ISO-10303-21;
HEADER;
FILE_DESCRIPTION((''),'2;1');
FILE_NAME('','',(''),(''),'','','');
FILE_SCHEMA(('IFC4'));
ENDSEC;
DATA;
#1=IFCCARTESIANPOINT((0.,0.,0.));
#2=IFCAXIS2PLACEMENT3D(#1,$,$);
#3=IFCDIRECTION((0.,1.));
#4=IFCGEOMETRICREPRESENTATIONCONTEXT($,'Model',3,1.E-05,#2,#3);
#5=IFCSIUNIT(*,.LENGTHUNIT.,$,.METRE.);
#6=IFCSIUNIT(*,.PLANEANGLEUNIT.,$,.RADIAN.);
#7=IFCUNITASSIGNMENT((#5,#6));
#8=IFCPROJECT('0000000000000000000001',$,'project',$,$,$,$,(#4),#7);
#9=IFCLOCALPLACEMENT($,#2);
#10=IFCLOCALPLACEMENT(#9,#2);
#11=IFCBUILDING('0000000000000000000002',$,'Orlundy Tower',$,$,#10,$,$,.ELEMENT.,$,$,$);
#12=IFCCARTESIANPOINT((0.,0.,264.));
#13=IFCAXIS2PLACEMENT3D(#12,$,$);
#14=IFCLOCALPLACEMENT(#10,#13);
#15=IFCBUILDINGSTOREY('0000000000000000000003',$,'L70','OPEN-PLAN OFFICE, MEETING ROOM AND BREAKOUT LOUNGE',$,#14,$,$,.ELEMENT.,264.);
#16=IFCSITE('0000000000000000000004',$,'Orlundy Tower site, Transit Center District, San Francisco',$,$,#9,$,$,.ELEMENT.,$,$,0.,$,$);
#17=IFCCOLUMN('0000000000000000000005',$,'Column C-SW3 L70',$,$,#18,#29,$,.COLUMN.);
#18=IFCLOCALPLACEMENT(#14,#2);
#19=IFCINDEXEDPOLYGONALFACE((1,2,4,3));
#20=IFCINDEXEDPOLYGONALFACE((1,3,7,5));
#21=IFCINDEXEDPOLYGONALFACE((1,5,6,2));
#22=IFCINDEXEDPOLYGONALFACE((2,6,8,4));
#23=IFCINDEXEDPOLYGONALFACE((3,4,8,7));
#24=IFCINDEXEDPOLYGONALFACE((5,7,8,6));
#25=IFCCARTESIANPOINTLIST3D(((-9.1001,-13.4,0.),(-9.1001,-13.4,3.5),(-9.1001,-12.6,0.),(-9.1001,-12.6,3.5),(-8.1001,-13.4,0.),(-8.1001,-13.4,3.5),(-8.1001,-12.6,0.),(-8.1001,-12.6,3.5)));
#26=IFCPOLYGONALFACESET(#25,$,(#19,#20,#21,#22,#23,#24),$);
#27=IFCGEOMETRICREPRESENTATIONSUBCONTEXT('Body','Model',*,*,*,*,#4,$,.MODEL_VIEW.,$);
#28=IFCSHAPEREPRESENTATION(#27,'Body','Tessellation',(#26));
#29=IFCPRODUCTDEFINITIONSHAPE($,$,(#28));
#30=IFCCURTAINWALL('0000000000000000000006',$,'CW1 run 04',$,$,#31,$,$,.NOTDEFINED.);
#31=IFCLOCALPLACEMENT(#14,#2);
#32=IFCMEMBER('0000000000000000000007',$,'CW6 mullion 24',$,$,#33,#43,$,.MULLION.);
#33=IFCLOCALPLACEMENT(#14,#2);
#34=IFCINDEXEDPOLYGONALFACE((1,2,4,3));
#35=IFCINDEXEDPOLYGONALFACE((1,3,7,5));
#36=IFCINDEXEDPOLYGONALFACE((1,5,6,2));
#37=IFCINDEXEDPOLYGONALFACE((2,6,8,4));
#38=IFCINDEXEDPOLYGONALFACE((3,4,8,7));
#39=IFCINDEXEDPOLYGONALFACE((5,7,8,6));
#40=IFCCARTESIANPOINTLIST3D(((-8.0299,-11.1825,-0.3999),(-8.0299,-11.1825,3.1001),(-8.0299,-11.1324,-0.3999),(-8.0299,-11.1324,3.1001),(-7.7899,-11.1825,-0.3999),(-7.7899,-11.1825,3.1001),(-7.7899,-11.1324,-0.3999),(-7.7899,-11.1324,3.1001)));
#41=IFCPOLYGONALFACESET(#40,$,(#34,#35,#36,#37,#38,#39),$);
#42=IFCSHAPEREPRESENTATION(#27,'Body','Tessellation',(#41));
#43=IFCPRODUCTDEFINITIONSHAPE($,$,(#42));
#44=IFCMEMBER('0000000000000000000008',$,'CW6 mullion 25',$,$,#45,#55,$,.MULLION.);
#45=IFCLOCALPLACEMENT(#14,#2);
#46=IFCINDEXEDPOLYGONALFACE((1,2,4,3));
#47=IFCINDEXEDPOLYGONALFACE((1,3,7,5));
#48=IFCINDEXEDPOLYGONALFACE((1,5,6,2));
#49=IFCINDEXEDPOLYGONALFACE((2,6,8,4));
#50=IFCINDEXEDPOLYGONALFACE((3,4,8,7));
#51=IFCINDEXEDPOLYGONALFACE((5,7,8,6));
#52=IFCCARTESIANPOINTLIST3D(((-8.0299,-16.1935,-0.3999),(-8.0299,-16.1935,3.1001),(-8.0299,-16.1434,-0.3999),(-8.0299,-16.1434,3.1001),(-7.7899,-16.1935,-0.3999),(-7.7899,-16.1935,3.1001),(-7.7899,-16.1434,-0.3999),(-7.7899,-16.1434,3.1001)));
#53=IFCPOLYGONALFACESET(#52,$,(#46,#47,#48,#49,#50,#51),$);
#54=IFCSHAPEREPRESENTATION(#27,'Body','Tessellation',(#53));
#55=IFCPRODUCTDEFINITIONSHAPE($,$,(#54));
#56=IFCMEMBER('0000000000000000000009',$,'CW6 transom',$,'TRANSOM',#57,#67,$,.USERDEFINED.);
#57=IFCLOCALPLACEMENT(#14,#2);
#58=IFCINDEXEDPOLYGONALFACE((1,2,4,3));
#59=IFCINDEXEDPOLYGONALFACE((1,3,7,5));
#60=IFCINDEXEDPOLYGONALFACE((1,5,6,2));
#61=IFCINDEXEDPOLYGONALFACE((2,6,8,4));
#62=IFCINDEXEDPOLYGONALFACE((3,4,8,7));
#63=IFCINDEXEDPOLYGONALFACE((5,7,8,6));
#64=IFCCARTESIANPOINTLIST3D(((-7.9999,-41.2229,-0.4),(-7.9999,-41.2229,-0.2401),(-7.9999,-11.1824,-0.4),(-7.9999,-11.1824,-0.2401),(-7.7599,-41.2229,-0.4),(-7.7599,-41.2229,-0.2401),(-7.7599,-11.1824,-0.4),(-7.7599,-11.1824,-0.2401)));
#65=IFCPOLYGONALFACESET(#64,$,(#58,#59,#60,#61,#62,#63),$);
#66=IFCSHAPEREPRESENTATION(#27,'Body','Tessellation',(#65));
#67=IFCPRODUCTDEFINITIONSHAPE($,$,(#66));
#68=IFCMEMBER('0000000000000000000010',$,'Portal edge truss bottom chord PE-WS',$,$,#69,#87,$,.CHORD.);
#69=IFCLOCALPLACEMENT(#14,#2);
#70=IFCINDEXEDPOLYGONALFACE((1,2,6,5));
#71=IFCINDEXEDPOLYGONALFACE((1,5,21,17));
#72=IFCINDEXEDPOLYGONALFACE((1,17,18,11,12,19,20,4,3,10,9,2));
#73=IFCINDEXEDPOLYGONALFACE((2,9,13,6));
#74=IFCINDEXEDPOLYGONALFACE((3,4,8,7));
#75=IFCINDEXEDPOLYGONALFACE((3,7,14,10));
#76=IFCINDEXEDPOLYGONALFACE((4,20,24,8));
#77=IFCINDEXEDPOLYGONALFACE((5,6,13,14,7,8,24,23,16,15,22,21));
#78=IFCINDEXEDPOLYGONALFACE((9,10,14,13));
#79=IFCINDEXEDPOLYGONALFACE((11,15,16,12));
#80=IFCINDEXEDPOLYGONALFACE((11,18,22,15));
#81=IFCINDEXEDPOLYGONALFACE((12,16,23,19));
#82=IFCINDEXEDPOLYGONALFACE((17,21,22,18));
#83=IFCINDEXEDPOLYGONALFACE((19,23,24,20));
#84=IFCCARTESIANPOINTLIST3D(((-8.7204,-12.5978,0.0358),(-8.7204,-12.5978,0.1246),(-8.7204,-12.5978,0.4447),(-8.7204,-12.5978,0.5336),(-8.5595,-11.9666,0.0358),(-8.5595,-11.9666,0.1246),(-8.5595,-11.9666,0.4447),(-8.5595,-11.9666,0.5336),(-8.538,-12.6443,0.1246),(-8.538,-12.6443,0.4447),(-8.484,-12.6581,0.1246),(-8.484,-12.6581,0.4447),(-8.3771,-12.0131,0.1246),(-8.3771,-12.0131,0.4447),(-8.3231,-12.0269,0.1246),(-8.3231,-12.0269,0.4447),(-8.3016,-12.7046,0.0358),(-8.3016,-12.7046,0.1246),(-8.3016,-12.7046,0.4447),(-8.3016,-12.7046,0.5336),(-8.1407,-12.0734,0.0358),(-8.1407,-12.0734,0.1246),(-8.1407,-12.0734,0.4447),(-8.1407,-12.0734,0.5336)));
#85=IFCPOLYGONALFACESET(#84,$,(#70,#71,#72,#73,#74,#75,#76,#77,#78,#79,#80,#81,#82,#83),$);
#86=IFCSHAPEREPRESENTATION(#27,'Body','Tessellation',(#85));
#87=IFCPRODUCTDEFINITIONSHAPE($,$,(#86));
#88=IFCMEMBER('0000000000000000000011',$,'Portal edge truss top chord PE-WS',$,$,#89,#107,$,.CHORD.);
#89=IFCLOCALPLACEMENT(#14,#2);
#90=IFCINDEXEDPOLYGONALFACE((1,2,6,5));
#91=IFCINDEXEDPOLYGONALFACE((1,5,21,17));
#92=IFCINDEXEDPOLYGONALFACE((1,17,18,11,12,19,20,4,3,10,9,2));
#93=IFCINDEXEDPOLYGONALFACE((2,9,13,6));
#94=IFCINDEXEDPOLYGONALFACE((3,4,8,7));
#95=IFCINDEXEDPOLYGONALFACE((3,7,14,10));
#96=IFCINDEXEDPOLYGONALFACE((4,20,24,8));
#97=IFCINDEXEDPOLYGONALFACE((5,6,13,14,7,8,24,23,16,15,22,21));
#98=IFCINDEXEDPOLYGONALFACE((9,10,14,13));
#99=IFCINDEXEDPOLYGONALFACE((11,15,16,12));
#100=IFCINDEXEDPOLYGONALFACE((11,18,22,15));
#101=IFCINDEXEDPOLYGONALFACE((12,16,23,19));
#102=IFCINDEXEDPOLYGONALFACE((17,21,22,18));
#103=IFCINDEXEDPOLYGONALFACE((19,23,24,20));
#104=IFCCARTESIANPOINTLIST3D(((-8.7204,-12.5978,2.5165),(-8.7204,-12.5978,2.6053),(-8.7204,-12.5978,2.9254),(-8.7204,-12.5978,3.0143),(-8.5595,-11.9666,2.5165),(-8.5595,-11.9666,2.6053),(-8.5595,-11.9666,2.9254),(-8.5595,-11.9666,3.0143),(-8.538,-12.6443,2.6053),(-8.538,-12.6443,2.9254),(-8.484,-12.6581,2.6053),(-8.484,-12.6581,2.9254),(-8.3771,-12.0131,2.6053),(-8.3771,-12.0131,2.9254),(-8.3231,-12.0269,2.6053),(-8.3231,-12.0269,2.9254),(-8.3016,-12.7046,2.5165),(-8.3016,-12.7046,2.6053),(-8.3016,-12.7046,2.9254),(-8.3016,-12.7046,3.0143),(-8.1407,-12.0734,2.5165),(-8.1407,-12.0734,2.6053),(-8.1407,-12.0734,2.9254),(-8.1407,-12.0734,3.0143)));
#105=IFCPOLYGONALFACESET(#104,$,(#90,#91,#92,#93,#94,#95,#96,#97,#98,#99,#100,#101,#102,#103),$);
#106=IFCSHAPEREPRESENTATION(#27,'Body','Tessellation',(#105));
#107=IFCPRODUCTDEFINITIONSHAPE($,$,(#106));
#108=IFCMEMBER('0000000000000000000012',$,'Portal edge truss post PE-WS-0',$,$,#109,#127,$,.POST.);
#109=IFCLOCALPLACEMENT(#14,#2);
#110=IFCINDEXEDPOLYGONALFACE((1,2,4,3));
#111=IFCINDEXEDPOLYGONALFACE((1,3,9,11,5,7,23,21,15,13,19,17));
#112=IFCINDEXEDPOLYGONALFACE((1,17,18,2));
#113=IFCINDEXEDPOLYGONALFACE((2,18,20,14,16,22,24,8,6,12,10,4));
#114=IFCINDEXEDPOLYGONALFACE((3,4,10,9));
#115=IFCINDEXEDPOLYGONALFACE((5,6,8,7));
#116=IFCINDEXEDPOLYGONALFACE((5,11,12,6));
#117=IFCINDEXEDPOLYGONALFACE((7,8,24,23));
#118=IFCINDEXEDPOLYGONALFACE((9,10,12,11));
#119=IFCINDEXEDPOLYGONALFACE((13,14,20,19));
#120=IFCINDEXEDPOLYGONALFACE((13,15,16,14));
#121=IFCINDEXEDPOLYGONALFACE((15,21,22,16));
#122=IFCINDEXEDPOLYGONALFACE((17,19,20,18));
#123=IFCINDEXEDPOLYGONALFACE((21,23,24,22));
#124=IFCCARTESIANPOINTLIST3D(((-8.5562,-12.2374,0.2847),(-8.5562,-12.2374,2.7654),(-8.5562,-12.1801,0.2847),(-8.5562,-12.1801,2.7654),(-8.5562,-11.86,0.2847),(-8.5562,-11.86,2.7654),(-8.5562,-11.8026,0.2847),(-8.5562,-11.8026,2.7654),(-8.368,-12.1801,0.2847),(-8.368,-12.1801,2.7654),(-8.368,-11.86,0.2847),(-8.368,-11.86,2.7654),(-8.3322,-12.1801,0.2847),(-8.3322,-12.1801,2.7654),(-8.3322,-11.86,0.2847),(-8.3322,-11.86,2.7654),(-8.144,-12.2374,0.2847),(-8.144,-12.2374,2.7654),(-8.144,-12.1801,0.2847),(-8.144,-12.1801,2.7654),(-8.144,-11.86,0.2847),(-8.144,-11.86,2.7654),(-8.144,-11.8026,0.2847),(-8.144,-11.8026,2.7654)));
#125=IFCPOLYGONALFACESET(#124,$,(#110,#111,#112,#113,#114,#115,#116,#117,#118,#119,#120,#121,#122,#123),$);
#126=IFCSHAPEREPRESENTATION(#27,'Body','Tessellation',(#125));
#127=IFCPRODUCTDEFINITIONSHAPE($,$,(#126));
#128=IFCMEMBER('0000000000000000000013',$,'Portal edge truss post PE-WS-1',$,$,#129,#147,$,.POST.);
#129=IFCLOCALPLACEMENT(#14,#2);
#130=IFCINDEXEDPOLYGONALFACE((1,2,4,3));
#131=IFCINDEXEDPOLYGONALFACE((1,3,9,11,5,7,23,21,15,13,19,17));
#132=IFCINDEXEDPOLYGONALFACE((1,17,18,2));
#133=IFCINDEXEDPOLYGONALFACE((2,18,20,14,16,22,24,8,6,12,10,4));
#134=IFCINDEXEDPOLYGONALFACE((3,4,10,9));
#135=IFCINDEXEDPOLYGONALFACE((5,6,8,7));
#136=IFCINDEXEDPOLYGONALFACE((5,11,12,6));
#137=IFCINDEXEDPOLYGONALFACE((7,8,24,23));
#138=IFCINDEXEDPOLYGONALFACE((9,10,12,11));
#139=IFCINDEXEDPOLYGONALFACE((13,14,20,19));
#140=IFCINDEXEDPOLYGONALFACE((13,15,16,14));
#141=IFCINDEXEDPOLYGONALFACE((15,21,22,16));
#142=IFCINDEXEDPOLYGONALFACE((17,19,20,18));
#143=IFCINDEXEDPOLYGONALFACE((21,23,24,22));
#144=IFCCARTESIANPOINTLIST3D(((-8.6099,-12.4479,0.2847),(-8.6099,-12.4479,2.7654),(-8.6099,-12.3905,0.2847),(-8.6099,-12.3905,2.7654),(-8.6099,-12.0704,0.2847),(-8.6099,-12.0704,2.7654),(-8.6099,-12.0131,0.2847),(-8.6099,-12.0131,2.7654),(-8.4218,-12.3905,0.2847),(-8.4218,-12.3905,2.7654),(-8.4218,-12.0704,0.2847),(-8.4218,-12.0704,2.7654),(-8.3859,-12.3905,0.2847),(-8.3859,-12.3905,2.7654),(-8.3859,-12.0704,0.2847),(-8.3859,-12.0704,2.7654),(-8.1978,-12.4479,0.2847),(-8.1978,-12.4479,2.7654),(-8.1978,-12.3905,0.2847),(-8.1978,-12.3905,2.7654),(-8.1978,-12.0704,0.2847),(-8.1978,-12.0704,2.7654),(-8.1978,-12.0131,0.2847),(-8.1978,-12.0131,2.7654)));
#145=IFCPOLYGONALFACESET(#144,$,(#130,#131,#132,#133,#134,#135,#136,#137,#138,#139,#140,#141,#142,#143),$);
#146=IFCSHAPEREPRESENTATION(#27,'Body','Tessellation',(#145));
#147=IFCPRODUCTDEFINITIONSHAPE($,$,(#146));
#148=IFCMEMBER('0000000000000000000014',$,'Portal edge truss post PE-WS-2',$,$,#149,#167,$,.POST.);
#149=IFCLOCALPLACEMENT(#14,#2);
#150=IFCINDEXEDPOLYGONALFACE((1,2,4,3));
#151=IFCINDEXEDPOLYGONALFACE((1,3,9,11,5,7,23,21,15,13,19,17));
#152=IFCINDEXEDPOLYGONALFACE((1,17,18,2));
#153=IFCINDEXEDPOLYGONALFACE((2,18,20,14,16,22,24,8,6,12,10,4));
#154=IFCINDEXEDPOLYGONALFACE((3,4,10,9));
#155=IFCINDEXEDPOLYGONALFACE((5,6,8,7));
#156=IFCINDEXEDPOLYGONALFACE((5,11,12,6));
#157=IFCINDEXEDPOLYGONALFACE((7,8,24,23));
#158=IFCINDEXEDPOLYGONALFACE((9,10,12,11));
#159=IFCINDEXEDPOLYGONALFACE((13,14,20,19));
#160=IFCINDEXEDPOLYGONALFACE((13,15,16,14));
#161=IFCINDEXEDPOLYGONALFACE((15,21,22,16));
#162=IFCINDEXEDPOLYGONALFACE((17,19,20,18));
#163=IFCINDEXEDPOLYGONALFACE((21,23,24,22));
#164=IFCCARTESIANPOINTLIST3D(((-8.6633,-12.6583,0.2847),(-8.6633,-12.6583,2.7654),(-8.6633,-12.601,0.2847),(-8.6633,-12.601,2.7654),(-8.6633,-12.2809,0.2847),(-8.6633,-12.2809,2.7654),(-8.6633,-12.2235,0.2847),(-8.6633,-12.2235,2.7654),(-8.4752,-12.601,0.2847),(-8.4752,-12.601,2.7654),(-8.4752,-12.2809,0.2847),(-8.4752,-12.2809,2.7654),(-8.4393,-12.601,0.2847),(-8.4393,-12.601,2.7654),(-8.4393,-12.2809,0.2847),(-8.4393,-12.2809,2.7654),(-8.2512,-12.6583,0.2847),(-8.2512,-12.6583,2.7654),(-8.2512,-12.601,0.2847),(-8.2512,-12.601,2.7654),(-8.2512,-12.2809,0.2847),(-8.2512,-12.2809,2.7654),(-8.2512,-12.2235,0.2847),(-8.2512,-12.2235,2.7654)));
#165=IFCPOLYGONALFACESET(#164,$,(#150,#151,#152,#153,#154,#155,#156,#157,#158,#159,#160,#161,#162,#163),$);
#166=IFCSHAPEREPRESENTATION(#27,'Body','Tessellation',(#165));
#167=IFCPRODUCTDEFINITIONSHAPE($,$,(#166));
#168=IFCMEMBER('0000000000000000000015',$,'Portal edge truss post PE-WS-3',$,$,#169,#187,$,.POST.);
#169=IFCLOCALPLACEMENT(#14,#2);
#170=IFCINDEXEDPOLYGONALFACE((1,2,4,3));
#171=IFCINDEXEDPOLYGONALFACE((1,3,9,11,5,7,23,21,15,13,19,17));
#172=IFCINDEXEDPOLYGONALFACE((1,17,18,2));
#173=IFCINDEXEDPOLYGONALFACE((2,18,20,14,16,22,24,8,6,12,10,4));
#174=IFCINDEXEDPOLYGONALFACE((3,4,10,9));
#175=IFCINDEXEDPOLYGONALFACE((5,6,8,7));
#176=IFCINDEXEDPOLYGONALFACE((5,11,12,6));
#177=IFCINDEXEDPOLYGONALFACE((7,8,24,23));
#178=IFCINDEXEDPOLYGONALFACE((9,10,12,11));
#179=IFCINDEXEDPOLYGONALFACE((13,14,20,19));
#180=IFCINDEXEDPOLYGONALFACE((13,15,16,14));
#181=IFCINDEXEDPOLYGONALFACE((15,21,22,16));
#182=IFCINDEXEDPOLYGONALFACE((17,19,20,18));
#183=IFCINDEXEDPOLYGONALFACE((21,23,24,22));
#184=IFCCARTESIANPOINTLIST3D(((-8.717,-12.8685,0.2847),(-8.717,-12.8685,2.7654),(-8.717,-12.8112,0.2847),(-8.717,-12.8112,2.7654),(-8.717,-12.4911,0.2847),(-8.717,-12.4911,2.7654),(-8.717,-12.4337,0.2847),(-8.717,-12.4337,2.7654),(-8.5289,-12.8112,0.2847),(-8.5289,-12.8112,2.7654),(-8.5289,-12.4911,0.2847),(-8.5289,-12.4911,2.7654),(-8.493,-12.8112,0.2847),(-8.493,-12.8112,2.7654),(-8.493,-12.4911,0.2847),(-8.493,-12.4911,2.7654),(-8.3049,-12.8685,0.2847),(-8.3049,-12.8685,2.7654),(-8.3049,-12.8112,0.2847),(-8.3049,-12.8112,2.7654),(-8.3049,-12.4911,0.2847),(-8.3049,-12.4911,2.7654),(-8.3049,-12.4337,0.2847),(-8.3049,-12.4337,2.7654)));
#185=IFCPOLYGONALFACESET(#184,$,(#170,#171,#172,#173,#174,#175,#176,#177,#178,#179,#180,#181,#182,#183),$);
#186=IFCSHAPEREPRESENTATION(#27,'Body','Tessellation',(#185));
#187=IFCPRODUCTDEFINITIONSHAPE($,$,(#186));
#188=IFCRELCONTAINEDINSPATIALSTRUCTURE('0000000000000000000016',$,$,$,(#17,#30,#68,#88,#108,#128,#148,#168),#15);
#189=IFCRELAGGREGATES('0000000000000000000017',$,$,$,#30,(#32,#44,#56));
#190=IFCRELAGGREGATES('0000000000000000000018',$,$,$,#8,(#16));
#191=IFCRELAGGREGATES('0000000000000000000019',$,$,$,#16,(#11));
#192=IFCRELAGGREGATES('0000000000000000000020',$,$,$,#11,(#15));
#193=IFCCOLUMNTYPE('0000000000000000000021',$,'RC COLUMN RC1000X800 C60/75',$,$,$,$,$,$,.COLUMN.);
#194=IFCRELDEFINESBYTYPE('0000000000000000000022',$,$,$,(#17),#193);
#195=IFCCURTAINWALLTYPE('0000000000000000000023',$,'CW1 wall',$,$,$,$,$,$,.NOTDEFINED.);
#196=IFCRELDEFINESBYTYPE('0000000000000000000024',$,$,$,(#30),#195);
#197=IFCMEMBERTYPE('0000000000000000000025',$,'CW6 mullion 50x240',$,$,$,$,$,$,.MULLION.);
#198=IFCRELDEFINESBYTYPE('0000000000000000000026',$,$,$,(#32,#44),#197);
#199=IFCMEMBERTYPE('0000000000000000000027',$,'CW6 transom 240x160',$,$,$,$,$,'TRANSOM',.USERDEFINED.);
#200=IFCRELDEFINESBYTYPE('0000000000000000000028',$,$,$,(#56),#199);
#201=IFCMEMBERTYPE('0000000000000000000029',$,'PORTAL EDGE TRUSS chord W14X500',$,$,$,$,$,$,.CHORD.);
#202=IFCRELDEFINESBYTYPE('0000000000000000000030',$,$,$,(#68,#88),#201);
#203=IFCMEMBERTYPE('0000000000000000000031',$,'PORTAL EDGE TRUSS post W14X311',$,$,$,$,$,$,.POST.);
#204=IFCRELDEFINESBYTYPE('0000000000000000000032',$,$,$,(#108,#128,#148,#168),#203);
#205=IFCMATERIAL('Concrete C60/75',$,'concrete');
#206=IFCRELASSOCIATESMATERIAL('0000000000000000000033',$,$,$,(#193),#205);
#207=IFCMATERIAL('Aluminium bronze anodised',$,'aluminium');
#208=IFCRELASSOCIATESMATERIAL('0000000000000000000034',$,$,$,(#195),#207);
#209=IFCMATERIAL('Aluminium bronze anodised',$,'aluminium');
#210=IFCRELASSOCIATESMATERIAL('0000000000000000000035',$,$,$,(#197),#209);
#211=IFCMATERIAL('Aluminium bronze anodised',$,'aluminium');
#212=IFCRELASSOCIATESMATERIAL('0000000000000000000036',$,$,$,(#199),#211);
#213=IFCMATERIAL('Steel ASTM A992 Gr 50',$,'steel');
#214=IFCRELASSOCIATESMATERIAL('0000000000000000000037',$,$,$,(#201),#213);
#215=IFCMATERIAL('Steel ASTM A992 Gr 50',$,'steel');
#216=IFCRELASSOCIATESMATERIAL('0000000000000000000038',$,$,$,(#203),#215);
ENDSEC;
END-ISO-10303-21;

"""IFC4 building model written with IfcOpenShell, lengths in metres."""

from ifc_helpers import new_model, si_unit, direction, frame, origin, origin_2d, place, context, subcontext, project, spatial, rectangle, i_section, extrude, material, material_profile, profile_set, type_object, element, aggregate, save


model = new_model("IFC4")

# Units and contexts
model_context = context("Model", 3, precision=1e-05, world=origin(), true_north=direction((0.0, 1.0)))
body_context = subcontext(model_context, "Body", "Model", "MODEL_VIEW")
ifc_project = project(units=[si_unit("LENGTHUNIT", "METRE"), si_unit("PLANEANGLEUNIT", "RADIAN")], contexts=[model_context])

# Site, building, storey
site_placement = place(None, origin())
site = spatial("IfcSite", under=ifc_project, at=site_placement, Name="Orlundy Tower site, Transit Center District, San Francisco", CompositionType="ELEMENT", RefElevation=0.0)
building_placement = place(site_placement, origin())
building = spatial("IfcBuilding", under=site, at=building_placement, Name="Orlundy Tower", CompositionType="ELEMENT")
storey_placement = place(building_placement, frame((0.0, 0.0, 264.0)))
storey = spatial("IfcBuildingStorey", under=building, at=storey_placement, Name="L70", Description="OPEN-PLAN OFFICE, MEETING ROOM AND BREAKOUT LOUNGE", CompositionType="ELEMENT", Elevation=264.0)

# Column
ifc_material_1 = material(Name="Concrete C60/75", Category="concrete")
ifc_material_profile_1 = material_profile(ifc_material_1, rectangle(XDim=1.0, YDim=0.8, at=origin_2d()), Name="RC1000X800")
ifc_profile_set_1 = profile_set([ifc_material_profile_1], Name="Concrete C60/75")
column_type = type_object("IfcColumnType", Name="RC COLUMN RC1000X800 C60/75", PredefinedType="COLUMN", material=ifc_profile_set_1)
column_placement = place(storey_placement, frame((-8.6001, -13.0, 0.0), z_axis=(0.0, 0.0, 1.0), x_axis=(1.0, 0.0, 0.0)))
element("IfcColumn", 1, at=column_placement, inside=storey, type_object=column_type, Name="Column C-SW3 L70", PredefinedType="COLUMN", context=body_context, shape_type="SweptSolid", body=[
    extrude(rectangle(XDim=1.0, YDim=0.8, at=origin_2d()), origin(), (0.0, 0.0, 1.0), 3.5),
])

# Curtain wall, members
ifc_material_2 = material(Name="Aluminium bronze anodised", Category="aluminium")
curtain_wall_type = type_object("IfcCurtainWallType", Name="CW1 wall", PredefinedType="NOTDEFINED", material=ifc_material_2)
curtain_wall_1_placement = place(storey_placement, origin())
curtain_wall_1 = element("IfcCurtainWall", 2, at=curtain_wall_1_placement, inside=storey, type_object=curtain_wall_type, Name="CW1 run 04", PredefinedType="NOTDEFINED")
ifc_material_3 = material(Name="Aluminium bronze anodised", Category="aluminium")
ifc_material_profile_2 = material_profile(ifc_material_3, rectangle(XDim=0.24, YDim=0.05, at=origin_2d()), Name="CW6 mullion 50x240")
ifc_profile_set_2 = profile_set([ifc_material_profile_2], Name="Aluminium bronze anodised")
member_type_1 = type_object("IfcMemberType", Name="CW6 mullion 50x240", PredefinedType="MULLION", material=ifc_profile_set_2)
member_1_placement = place(storey_placement, frame((-7.9099, -11.1575, -0.3999), z_axis=(0.0, 0.0, 1.0), x_axis=(1.0, 0.0, 0.0)))
member_1 = element("IfcMember", 3, at=member_1_placement, type_object=member_type_1, Name="CW6 mullion 24", PredefinedType="MULLION", context=body_context, shape_type="SweptSolid", body=[
    extrude(rectangle(XDim=0.24, YDim=0.05, at=origin_2d()), origin(), (0.0, 0.0, 1.0), 3.5),
])
member_2_placement = place(storey_placement, frame((-7.9099, -16.1685, -0.3999), z_axis=(0.0, 0.0, 1.0), x_axis=(1.0, 0.0, 0.0)))
member_2 = element("IfcMember", 4, at=member_2_placement, type_object=member_type_1, Name="CW6 mullion 25", PredefinedType="MULLION", context=body_context, shape_type="SweptSolid", body=[
    extrude(rectangle(XDim=0.24, YDim=0.05, at=origin_2d()), origin(), (0.0, 0.0, 1.0), 3.5),
])
ifc_material_4 = material(Name="Aluminium bronze anodised", Category="aluminium")
ifc_material_profile_3 = material_profile(ifc_material_4, rectangle(XDim=0.24, YDim=0.1599, at=origin_2d()), Name="CW6 transom 240x160")
ifc_profile_set_3 = profile_set([ifc_material_profile_3], Name="Aluminium bronze anodised")
member_type_2 = type_object("IfcMemberType", Name="CW6 transom 240x160", ElementType="TRANSOM", PredefinedType="USERDEFINED", material=ifc_profile_set_3)
member_3_placement = place(storey_placement, frame((-7.8799, -11.1824, -0.3201), z_axis=(0.0, -1.0, 0.0), x_axis=(1.0, 0.0, 0.0)))
member_3 = element("IfcMember", 5, at=member_3_placement, type_object=member_type_2, Name="CW6 transom", ObjectType="TRANSOM", PredefinedType="USERDEFINED", context=body_context, shape_type="SweptSolid", body=[
    extrude(rectangle(XDim=0.24, YDim=0.1599, at=origin_2d()), origin(), (0.0, 0.0, 1.0), 30.0405),
])

# Members
ifc_material_5 = material(Name="Steel ASTM A992 Gr 50", Category="steel")
ifc_material_profile_4 = material_profile(ifc_material_5, i_section(OverallWidth=0.4321, OverallDepth=0.4978, WebThickness=0.0557, FlangeThickness=0.0889, at=origin_2d()), Name="W14X500")
ifc_profile_set_4 = profile_set([ifc_material_profile_4], Name="Steel ASTM A992 Gr 50")
member_type_3 = type_object("IfcMemberType", Name="PORTAL EDGE TRUSS chord W14X500", PredefinedType="CHORD", material=ifc_profile_set_4)
for number, where, z_axis, x_axis, name in (
    (6, (-8.3501, -12.02, 0.2847), (-0.247031, -0.969007, 0.0), (0.969007, -0.247031, 0.0), "Portal edge truss bottom chord PE-WS"),
    (7, (-8.3501, -12.02, 2.7654), (-0.247031, -0.969007, 0.0), (0.969007, -0.247031, 0.0), "Portal edge truss top chord PE-WS"),
):
    element("IfcMember", number, at=place(storey_placement, frame(where, z_axis=z_axis, x_axis=x_axis)), inside=storey, type_object=member_type_3, Name=name, PredefinedType="CHORD", context=body_context, shape_type="SweptSolid", body=[
        extrude(i_section(OverallWidth=0.4321, OverallDepth=0.4978, WebThickness=0.0557, FlangeThickness=0.0889, at=origin_2d()), origin(), (0.0, 0.0, 1.0), 0.6514),
    ])
ifc_material_6 = material(Name="Steel ASTM A992 Gr 50", Category="steel")
ifc_material_profile_5 = material_profile(ifc_material_6, i_section(OverallWidth=0.4121, OverallDepth=0.4348, WebThickness=0.0359, FlangeThickness=0.0574, at=origin_2d()), Name="W14X311")
ifc_profile_set_5 = profile_set([ifc_material_profile_5], Name="Steel ASTM A992 Gr 50")
member_type_4 = type_object("IfcMemberType", Name="PORTAL EDGE TRUSS post W14X311", PredefinedType="POST", material=ifc_profile_set_5)
for number, where, z_axis, x_axis, name in (
    (8, (-8.3501, -12.02, 0.2847), (0.0, 0.0, 1.0), (1.0, 0.0, 0.0), "Portal edge truss post PE-WS-0"),
    (9, (-8.4038, -12.2305, 0.2847), (0.0, 0.0, 1.0), (1.0, 0.0, 0.0), "Portal edge truss post PE-WS-1"),
    (10, (-8.4573, -12.4409, 0.2847), (0.0, 0.0, 1.0), (1.0, 0.0, 0.0), "Portal edge truss post PE-WS-2"),
    (11, (-8.511, -12.6511, 0.2847), (0.0, 0.0, 1.0), (1.0, 0.0, 0.0), "Portal edge truss post PE-WS-3"),
):
    element("IfcMember", number, at=place(storey_placement, frame(where, z_axis=z_axis, x_axis=x_axis)), inside=storey, type_object=member_type_4, Name=name, PredefinedType="POST", context=body_context, shape_type="SweptSolid", body=[
        extrude(i_section(OverallWidth=0.4121, OverallDepth=0.4348, WebThickness=0.0359, FlangeThickness=0.0574, at=origin_2d()), origin(), (0.0, 0.0, 1.0), 2.4807),
    ])

aggregate(curtain_wall_1, [member_1, member_2, member_3])

save(model, "model.ifc")
